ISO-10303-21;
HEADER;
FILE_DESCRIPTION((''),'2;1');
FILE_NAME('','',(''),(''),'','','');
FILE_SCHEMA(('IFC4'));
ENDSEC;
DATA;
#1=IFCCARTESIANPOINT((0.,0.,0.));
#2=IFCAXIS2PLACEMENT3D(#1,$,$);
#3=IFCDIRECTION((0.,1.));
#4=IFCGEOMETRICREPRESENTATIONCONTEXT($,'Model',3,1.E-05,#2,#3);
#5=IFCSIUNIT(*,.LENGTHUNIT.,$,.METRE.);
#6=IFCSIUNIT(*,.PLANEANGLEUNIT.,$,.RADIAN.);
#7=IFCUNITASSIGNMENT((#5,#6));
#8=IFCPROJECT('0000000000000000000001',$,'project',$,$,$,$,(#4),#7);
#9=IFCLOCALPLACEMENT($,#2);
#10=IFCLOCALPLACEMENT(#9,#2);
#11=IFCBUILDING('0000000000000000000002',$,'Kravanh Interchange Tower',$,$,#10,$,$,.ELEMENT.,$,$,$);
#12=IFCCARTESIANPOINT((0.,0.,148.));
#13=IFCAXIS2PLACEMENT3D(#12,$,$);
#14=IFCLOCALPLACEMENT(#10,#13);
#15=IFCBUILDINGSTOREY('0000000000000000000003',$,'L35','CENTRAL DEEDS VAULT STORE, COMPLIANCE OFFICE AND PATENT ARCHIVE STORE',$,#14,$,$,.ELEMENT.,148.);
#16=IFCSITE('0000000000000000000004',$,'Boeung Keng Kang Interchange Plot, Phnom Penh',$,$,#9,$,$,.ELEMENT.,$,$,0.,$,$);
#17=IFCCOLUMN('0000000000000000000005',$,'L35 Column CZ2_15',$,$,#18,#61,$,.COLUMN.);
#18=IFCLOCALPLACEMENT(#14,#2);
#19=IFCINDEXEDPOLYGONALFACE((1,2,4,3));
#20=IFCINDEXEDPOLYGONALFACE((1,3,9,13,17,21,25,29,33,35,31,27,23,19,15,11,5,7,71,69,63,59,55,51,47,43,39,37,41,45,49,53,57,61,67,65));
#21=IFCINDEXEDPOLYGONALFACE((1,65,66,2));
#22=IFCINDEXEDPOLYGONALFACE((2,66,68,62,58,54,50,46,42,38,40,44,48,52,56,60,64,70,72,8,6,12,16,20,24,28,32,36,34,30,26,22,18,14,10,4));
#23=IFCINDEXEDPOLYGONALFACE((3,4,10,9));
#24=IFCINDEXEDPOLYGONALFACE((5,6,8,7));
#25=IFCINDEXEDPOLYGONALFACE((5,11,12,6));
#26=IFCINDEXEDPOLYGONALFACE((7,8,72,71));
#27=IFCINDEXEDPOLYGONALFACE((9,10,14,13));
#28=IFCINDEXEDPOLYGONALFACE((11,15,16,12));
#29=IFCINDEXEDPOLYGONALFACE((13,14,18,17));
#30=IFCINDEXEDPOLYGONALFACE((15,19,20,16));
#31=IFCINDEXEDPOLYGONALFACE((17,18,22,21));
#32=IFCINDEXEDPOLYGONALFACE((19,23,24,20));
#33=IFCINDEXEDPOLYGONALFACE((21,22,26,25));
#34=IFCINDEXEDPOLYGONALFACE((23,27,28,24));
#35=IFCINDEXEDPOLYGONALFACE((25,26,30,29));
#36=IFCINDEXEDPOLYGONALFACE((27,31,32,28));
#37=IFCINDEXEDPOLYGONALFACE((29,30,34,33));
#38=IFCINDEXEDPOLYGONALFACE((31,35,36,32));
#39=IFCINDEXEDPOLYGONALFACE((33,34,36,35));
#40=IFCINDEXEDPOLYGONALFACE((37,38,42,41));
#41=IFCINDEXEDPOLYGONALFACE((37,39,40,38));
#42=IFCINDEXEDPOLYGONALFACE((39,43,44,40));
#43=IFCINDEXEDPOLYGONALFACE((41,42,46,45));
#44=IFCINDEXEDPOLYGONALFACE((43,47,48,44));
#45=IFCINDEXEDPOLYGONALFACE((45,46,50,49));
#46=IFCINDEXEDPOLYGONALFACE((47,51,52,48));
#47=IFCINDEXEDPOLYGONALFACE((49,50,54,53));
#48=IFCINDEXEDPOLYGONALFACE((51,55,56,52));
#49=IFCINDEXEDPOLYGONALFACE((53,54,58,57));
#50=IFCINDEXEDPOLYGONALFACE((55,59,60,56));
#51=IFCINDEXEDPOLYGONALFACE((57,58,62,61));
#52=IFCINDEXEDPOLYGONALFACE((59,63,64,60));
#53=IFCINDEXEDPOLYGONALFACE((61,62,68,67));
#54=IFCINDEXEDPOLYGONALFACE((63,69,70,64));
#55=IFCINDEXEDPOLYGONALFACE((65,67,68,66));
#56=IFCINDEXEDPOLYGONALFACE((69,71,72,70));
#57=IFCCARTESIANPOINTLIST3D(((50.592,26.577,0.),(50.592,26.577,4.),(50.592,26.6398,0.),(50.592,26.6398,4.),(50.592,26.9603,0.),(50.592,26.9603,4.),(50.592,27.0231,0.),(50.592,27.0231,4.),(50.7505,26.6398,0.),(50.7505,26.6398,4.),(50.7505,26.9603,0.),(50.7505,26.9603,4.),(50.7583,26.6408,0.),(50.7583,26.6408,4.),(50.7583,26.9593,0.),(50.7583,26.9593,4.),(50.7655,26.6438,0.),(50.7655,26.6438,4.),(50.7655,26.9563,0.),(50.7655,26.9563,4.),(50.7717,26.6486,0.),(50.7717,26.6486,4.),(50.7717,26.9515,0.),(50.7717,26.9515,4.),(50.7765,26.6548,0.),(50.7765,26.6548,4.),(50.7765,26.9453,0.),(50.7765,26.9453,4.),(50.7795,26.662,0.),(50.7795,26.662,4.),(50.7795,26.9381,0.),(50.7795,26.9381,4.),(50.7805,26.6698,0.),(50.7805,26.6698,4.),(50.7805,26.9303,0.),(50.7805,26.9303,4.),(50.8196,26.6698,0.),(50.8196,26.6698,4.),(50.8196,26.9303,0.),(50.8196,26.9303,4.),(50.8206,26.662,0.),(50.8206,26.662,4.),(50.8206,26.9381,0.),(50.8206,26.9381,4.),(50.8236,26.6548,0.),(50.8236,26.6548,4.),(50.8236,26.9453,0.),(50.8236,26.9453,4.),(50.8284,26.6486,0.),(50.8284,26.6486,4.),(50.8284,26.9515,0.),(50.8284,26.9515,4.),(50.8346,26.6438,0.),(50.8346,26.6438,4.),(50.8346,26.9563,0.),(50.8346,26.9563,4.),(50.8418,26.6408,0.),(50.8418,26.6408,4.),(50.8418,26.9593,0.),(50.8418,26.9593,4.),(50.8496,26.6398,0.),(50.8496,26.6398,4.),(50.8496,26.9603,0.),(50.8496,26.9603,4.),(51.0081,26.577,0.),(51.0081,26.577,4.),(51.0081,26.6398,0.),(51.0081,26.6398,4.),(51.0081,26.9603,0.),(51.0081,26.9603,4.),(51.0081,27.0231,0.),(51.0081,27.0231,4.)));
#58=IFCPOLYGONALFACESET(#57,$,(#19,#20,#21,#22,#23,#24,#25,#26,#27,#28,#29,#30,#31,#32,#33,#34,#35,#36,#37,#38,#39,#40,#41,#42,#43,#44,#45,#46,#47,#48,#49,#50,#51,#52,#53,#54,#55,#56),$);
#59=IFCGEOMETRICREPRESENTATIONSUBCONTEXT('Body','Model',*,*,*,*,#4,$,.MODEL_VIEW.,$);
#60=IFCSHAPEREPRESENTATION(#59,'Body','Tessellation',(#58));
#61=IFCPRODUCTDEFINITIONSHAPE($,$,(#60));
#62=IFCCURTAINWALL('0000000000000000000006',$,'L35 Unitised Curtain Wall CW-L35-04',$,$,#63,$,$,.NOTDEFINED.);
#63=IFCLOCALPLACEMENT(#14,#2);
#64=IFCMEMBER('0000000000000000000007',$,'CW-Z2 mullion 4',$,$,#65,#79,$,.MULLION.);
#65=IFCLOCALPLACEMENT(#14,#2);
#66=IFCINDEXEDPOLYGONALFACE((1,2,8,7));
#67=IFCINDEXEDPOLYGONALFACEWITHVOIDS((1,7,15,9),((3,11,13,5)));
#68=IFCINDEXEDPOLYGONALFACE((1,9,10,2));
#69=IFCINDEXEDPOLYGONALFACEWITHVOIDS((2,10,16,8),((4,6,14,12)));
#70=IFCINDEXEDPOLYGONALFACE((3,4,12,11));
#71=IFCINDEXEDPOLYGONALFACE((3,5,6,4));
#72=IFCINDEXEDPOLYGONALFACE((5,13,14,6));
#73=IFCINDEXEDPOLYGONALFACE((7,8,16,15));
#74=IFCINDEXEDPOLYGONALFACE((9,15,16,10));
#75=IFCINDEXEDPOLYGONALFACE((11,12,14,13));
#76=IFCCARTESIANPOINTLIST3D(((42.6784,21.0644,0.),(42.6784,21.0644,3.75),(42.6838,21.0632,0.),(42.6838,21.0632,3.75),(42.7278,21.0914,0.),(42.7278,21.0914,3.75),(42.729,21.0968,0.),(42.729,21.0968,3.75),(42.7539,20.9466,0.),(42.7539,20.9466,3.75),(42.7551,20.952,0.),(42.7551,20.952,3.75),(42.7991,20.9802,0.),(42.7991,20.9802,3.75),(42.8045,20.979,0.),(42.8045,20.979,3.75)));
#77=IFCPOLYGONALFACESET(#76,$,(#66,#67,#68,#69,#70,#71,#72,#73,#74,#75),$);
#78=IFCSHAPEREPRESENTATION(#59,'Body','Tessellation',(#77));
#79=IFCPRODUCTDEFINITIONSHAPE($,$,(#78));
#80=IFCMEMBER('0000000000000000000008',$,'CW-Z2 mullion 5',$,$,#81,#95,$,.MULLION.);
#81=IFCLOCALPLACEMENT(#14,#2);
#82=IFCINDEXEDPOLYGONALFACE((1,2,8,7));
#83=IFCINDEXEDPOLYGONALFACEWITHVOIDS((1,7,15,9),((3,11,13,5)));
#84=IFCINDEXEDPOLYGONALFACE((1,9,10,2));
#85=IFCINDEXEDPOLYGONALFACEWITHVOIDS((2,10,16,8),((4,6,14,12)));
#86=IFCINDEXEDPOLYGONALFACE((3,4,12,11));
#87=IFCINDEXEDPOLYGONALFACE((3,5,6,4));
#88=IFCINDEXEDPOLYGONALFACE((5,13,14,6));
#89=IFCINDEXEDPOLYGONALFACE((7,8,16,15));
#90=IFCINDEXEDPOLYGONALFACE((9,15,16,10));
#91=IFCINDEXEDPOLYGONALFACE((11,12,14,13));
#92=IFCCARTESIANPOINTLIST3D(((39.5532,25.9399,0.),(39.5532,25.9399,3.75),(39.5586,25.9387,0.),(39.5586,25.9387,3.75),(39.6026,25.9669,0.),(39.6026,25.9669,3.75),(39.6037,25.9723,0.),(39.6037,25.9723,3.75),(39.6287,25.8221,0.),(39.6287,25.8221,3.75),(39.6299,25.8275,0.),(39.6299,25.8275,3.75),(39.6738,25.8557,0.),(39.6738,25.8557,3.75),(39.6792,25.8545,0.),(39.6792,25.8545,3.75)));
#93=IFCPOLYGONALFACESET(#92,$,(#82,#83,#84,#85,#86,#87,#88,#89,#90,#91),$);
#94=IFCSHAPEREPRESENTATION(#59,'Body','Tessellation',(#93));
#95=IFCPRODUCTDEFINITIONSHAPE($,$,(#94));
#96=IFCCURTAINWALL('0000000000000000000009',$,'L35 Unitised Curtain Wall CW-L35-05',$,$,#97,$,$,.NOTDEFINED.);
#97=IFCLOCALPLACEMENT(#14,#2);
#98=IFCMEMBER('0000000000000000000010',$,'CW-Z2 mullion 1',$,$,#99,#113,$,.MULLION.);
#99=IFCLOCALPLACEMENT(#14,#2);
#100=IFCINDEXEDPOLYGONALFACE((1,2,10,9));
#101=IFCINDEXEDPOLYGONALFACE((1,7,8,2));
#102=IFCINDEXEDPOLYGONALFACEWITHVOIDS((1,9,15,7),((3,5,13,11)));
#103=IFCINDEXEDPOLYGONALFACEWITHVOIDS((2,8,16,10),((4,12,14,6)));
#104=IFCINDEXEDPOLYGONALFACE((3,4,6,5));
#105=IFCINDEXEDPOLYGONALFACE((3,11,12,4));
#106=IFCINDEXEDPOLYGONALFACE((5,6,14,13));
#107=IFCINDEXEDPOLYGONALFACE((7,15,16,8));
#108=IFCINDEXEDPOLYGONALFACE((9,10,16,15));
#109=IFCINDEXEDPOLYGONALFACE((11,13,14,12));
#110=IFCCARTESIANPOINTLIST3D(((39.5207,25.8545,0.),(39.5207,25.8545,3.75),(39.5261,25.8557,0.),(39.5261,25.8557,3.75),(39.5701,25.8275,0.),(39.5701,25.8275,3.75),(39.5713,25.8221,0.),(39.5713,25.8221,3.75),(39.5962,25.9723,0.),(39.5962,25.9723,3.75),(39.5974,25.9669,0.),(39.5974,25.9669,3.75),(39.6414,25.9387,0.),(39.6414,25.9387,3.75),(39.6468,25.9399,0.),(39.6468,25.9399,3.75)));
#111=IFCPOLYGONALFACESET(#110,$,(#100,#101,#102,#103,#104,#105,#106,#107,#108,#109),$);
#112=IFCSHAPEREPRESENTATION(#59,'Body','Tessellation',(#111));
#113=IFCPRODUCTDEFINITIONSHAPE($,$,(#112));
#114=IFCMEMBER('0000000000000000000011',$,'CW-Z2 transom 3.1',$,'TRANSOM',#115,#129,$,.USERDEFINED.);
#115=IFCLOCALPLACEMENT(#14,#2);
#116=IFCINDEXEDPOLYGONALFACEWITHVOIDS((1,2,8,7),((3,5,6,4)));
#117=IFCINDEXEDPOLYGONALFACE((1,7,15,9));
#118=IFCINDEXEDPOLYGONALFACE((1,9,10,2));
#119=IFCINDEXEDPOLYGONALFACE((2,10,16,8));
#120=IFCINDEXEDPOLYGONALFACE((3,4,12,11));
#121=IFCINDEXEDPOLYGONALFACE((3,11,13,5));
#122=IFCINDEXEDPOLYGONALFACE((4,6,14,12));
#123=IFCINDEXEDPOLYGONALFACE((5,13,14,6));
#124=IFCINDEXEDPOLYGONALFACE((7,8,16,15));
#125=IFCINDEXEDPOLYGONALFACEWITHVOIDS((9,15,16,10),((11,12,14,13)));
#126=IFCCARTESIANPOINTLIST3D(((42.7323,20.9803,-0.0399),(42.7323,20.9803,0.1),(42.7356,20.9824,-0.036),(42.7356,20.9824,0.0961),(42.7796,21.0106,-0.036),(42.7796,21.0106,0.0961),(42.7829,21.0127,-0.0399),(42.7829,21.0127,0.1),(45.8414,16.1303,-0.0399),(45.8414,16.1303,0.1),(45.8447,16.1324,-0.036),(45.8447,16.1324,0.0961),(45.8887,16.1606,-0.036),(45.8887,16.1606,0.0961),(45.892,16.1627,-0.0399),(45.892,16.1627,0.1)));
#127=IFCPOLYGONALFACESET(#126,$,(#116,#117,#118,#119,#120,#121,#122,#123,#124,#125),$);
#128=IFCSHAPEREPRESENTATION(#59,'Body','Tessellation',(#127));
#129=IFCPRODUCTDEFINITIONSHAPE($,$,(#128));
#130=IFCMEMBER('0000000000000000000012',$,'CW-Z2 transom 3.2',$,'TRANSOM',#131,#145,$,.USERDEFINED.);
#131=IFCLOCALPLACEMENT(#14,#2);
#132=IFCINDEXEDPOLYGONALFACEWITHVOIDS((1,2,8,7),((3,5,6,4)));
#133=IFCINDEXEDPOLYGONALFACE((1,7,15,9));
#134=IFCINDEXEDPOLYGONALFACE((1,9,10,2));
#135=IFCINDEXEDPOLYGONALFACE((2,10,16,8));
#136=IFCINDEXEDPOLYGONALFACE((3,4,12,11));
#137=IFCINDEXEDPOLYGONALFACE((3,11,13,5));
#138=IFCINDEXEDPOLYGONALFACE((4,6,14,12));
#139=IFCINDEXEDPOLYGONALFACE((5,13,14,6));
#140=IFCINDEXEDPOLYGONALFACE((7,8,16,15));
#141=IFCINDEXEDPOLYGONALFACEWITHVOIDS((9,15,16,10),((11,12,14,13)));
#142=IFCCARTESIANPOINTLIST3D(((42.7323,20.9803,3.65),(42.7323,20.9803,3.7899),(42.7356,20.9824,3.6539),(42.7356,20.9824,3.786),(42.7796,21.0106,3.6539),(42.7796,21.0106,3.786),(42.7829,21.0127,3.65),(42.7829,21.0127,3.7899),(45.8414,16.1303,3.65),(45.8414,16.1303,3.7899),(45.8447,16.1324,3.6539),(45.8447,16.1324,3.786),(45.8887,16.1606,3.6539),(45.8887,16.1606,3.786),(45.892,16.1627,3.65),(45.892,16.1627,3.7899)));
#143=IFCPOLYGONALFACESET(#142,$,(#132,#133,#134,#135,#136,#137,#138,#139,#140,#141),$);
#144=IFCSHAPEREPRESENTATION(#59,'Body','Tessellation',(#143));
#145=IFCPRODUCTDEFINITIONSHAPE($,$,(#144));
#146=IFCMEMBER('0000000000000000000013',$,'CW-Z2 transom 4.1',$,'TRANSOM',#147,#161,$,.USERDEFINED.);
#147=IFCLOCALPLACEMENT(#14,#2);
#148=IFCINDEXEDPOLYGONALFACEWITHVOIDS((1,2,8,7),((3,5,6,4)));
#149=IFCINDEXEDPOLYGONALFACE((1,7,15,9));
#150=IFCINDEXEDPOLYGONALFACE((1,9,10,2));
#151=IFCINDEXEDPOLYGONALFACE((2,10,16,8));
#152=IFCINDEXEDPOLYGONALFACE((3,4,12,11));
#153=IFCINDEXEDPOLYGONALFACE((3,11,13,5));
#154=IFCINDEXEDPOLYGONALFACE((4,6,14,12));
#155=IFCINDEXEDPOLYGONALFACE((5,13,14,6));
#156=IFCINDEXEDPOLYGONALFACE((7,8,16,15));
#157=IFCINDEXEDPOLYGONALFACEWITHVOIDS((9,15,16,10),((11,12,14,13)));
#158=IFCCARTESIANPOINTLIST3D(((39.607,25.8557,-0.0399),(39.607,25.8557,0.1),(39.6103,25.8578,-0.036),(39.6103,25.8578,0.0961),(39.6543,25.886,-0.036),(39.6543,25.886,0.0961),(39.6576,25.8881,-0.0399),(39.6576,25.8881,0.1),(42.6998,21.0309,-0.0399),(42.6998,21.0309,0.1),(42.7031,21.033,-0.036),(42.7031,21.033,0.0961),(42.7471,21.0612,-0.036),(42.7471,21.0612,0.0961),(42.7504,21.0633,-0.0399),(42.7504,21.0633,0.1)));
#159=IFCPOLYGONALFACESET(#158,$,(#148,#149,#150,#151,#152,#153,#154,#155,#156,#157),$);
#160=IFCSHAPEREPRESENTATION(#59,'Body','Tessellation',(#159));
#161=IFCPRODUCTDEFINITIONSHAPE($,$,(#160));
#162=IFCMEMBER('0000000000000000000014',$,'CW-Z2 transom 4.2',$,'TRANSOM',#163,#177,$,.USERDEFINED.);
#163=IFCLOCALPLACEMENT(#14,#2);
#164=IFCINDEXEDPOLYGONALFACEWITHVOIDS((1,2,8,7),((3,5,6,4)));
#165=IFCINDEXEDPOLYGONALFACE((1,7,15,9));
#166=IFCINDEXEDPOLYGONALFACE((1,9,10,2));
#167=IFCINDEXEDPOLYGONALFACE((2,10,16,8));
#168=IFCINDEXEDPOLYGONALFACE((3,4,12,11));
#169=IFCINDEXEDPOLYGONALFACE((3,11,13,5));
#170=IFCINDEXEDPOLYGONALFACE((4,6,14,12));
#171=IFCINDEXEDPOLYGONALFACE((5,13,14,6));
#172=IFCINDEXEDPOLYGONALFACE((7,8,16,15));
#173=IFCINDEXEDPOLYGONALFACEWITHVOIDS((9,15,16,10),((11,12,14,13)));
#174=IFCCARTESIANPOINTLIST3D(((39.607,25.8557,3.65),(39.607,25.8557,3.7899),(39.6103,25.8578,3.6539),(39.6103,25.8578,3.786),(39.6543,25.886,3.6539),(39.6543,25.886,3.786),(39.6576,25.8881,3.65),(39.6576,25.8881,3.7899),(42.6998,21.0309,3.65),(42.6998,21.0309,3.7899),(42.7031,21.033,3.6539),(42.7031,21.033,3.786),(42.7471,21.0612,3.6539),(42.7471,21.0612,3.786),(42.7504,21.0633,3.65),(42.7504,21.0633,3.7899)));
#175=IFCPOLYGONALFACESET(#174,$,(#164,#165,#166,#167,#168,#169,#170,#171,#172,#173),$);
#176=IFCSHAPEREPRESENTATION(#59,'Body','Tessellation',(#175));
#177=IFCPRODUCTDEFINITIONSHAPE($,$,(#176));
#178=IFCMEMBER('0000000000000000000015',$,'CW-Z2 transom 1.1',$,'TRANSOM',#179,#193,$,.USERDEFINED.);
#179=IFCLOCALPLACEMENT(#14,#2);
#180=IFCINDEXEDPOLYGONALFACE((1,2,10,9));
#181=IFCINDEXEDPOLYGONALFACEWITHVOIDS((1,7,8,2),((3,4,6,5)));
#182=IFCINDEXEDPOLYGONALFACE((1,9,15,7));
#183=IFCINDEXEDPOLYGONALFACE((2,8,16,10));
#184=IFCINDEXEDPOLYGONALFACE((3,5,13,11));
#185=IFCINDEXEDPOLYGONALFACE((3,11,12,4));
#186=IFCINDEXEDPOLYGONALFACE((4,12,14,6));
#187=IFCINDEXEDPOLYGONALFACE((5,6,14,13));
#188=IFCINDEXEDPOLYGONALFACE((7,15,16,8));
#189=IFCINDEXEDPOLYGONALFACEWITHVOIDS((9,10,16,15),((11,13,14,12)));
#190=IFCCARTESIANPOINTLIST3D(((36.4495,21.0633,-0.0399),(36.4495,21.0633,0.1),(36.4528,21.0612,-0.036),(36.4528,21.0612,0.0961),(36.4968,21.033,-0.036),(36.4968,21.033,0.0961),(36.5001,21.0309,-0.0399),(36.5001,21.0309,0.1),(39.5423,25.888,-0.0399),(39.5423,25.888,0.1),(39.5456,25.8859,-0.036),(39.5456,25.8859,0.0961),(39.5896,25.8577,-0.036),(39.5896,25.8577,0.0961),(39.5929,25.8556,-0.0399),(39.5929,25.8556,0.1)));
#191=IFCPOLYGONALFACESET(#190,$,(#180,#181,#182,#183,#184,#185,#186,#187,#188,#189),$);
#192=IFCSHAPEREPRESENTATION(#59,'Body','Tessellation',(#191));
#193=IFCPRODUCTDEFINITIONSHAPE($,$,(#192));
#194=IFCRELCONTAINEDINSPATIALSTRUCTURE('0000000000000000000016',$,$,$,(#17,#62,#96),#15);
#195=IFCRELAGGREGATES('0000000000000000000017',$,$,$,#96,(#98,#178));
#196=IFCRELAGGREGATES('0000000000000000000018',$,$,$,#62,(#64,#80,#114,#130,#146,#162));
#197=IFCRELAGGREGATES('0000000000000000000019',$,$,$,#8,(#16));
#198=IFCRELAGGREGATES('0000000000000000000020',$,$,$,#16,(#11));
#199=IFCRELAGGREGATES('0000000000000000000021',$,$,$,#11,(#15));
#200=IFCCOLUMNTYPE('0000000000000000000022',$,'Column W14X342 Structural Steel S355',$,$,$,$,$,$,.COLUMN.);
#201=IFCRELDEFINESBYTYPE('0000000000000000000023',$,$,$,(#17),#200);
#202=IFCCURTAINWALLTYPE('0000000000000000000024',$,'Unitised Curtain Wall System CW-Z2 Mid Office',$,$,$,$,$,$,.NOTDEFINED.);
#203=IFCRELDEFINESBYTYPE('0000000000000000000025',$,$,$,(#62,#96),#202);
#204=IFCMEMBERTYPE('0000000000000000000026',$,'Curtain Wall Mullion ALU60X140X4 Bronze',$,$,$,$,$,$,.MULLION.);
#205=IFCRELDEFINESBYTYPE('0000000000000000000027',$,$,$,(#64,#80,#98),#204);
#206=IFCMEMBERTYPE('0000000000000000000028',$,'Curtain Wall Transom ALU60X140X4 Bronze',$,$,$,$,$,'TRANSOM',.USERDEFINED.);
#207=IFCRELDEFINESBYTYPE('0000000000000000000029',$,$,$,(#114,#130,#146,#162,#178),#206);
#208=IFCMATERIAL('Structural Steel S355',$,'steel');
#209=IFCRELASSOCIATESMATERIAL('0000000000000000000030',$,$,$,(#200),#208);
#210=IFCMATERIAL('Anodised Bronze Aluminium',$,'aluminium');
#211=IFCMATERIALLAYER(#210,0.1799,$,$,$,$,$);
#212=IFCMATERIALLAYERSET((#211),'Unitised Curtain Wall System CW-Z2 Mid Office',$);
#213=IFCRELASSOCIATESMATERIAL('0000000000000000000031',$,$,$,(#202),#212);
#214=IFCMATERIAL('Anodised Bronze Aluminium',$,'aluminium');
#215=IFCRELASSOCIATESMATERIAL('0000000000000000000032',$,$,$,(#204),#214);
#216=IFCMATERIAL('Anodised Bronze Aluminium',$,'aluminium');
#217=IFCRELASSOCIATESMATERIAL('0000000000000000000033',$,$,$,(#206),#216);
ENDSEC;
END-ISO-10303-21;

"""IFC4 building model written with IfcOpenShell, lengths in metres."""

from ifc_helpers import new_model, si_unit, direction, frame, origin, origin_2d, place, context, subcontext, project, spatial, hollow_rectangle, i_section, extrude, material, layer, layer_set, material_profile, profile_set, type_object, element, aggregate, save


model = new_model("IFC4")

# Units and contexts
model_context = context("Model", 3, precision=1e-05, world=origin(), true_north=direction((0.0, 1.0)))
body_context = subcontext(model_context, "Body", "Model", "MODEL_VIEW")
ifc_project = project(units=[si_unit("LENGTHUNIT", "METRE"), si_unit("PLANEANGLEUNIT", "RADIAN")], contexts=[model_context])

# Site, building, storey
site_placement = place(None, origin())
site = spatial("IfcSite", under=ifc_project, at=site_placement, Name="Boeung Keng Kang Interchange Plot, Phnom Penh", CompositionType="ELEMENT", RefElevation=0.0)
building_placement = place(site_placement, origin())
building = spatial("IfcBuilding", under=site, at=building_placement, Name="Kravanh Interchange Tower", CompositionType="ELEMENT")
storey_placement = place(building_placement, frame((0.0, 0.0, 148.0)))
storey = spatial("IfcBuildingStorey", under=building, at=storey_placement, Name="L35", Description="CENTRAL DEEDS VAULT STORE, COMPLIANCE OFFICE AND PATENT ARCHIVE STORE", CompositionType="ELEMENT", Elevation=148.0)

# Column
ifc_material_1 = material(Name="Structural Steel S355", Category="steel")
ifc_material_profile_1 = material_profile(ifc_material_1, i_section(OverallWidth=0.416, OverallDepth=0.446, WebThickness=0.0391, FlangeThickness=0.0627, FilletRadius=0.03, at=origin_2d()), Name="W14X342")
ifc_profile_set_1 = profile_set([ifc_material_profile_1], Name="Structural Steel S355")
column_type = type_object("IfcColumnType", Name="Column W14X342 Structural Steel S355", PredefinedType="COLUMN", material=ifc_profile_set_1)
column_placement = place(storey_placement, frame((50.8, 26.8, 0.0), z_axis=(0.0, 0.0, 1.0), x_axis=(1.0, 0.0, 0.0)))
element("IfcColumn", 1, at=column_placement, inside=storey, type_object=column_type, Name="L35 Column CZ2_15", PredefinedType="COLUMN", context=body_context, shape_type="SweptSolid", body=[
    extrude(i_section(OverallWidth=0.416, OverallDepth=0.446, WebThickness=0.0391, FlangeThickness=0.0627, FilletRadius=0.03, at=origin_2d()), origin(), (0.0, 0.0, 1.0), 4.0),
])

# Curtain wall, members
ifc_material_2 = material(Name="Anodised Bronze Aluminium", Category="aluminium")
ifc_layer_1 = layer(ifc_material_2, 0.1799)
ifc_layer_set_1 = layer_set([ifc_layer_1], Name="Unitised Curtain Wall System CW-Z2 Mid Office")
curtain_wall_type = type_object("IfcCurtainWallType", Name="Unitised Curtain Wall System CW-Z2 Mid Office", PredefinedType="NOTDEFINED", material=ifc_layer_set_1)
curtain_wall_1_placement = place(storey_placement, origin())
curtain_wall_1 = element("IfcCurtainWall", 2, at=curtain_wall_1_placement, inside=storey, type_object=curtain_wall_type, Name="L35 Unitised Curtain Wall CW-L35-04", PredefinedType="NOTDEFINED")
ifc_material_3 = material(Name="Anodised Bronze Aluminium", Category="aluminium")
ifc_material_profile_2 = material_profile(ifc_material_3, hollow_rectangle(XDim=0.0601, YDim=0.1399, WallThickness=0.0039, at=origin_2d()), Name="ALU60X140X4")
ifc_profile_set_2 = profile_set([ifc_material_profile_2], Name="Anodised Bronze Aluminium")
member_type_1 = type_object("IfcMemberType", Name="Curtain Wall Mullion ALU60X140X4 Bronze", PredefinedType="MULLION", material=ifc_profile_set_2)
member_1_placement = place(storey_placement, frame((42.7415, 21.0217, 0.0), z_axis=(0.0, 0.0, 1.0), x_axis=(-0.84188, -0.539665, 0.0)))
member_1 = element("IfcMember", 3, at=member_1_placement, type_object=member_type_1, Name="CW-Z2 mullion 4", PredefinedType="MULLION", context=body_context, shape_type="SweptSolid", body=[
    extrude(hollow_rectangle(XDim=0.0601, YDim=0.1399, WallThickness=0.0039, at=origin_2d()), origin(), (0.0, 0.0, 1.0), 3.75),
])
member_2_placement = place(storey_placement, frame((39.6162, 25.8972, 0.0), z_axis=(0.0, 0.0, 1.0), x_axis=(-0.84188, -0.539665, 0.0)))
member_2 = element("IfcMember", 4, at=member_2_placement, type_object=member_type_1, Name="CW-Z2 mullion 5", PredefinedType="MULLION", context=body_context, shape_type="SweptSolid", body=[
    extrude(hollow_rectangle(XDim=0.0601, YDim=0.1399, WallThickness=0.0039, at=origin_2d()), origin(), (0.0, 0.0, 1.0), 3.75),
])

# Curtain wall, member
curtain_wall_2_placement = place(storey_placement, origin())
curtain_wall_2 = element("IfcCurtainWall", 5, at=curtain_wall_2_placement, inside=storey, type_object=curtain_wall_type, Name="L35 Unitised Curtain Wall CW-L35-05", PredefinedType="NOTDEFINED")
member_3_placement = place(storey_placement, frame((39.5837, 25.8972, 0.0), z_axis=(0.0, 0.0, 1.0), x_axis=(0.84188, -0.539665, 0.0)))
member_3 = element("IfcMember", 6, at=member_3_placement, type_object=member_type_1, Name="CW-Z2 mullion 1", PredefinedType="MULLION", context=body_context, shape_type="SweptSolid", body=[
    extrude(hollow_rectangle(XDim=0.0601, YDim=0.1399, WallThickness=0.0039, at=origin_2d()), origin(), (0.0, 0.0, 1.0), 3.75),
])

# Members
ifc_material_4 = material(Name="Anodised Bronze Aluminium", Category="aluminium")
ifc_material_profile_3 = material_profile(ifc_material_4, hollow_rectangle(XDim=0.0601, YDim=0.1399, WallThickness=0.0039, at=origin_2d()), Name="ALU60X140X4")
ifc_profile_set_3 = profile_set([ifc_material_profile_3], Name="Anodised Bronze Aluminium")
member_type_2 = type_object("IfcMemberType", Name="Curtain Wall Transom ALU60X140X4 Bronze", ElementType="TRANSOM", PredefinedType="USERDEFINED", material=ifc_profile_set_3)
member_4_placement = place(storey_placement, frame((45.8667, 16.1465, 0.03), z_axis=(-0.539678, 0.841872, 0.0), x_axis=(-0.841872, -0.539678, 0.0)))
member_4 = element("IfcMember", 7, at=member_4_placement, type_object=member_type_2, Name="CW-Z2 transom 3.1", ObjectType="TRANSOM", PredefinedType="USERDEFINED", context=body_context, shape_type="SweptSolid", body=[
    extrude(hollow_rectangle(XDim=0.0601, YDim=0.1399, WallThickness=0.0039, at=origin_2d()), origin(), (0.0, 0.0, 1.0), 5.761),
])
member_5_placement = place(storey_placement, frame((45.8667, 16.1465, 3.72), z_axis=(-0.539678, 0.841872, 0.0), x_axis=(-0.841872, -0.539678, 0.0)))
member_5 = element("IfcMember", 8, at=member_5_placement, type_object=member_type_2, Name="CW-Z2 transom 3.2", ObjectType="TRANSOM", PredefinedType="USERDEFINED", context=body_context, shape_type="SweptSolid", body=[
    extrude(hollow_rectangle(XDim=0.0601, YDim=0.1399, WallThickness=0.0039, at=origin_2d()), origin(), (0.0, 0.0, 1.0), 5.761),
])
member_6_placement = place(storey_placement, frame((42.7251, 21.0471, 0.03), z_axis=(-0.539668, 0.841878, 0.0), x_axis=(-0.841878, -0.539668, 0.0)))
member_6 = element("IfcMember", 9, at=member_6_placement, type_object=member_type_2, Name="CW-Z2 transom 4.1", ObjectType="TRANSOM", PredefinedType="USERDEFINED", context=body_context, shape_type="SweptSolid", body=[
    extrude(hollow_rectangle(XDim=0.0601, YDim=0.1399, WallThickness=0.0039, at=origin_2d()), origin(), (0.0, 0.0, 1.0), 5.731),
])
member_7_placement = place(storey_placement, frame((42.7251, 21.0471, 3.72), z_axis=(-0.539668, 0.841878, 0.0), x_axis=(-0.841878, -0.539668, 0.0)))
member_7 = element("IfcMember", 10, at=member_7_placement, type_object=member_type_2, Name="CW-Z2 transom 4.2", ObjectType="TRANSOM", PredefinedType="USERDEFINED", context=body_context, shape_type="SweptSolid", body=[
    extrude(hollow_rectangle(XDim=0.0601, YDim=0.1399, WallThickness=0.0039, at=origin_2d()), origin(), (0.0, 0.0, 1.0), 5.731),
])
member_8_placement = place(storey_placement, frame((39.5676, 25.8718, 0.03), z_axis=(-0.539668, -0.841878, 0.0), x_axis=(0.841878, -0.539668, 0.0)))
member_8 = element("IfcMember", 11, at=member_8_placement, type_object=member_type_2, Name="CW-Z2 transom 1.1", ObjectType="TRANSOM", PredefinedType="USERDEFINED", context=body_context, shape_type="SweptSolid", body=[
    extrude(hollow_rectangle(XDim=0.0601, YDim=0.1399, WallThickness=0.0039, at=origin_2d()), origin(), (0.0, 0.0, 1.0), 5.731),
])
aggregate(curtain_wall_2, [member_3, member_8])

aggregate(curtain_wall_1, [member_1, member_2, member_4, member_5, member_6, member_7])

save(model, "model.ifc")
